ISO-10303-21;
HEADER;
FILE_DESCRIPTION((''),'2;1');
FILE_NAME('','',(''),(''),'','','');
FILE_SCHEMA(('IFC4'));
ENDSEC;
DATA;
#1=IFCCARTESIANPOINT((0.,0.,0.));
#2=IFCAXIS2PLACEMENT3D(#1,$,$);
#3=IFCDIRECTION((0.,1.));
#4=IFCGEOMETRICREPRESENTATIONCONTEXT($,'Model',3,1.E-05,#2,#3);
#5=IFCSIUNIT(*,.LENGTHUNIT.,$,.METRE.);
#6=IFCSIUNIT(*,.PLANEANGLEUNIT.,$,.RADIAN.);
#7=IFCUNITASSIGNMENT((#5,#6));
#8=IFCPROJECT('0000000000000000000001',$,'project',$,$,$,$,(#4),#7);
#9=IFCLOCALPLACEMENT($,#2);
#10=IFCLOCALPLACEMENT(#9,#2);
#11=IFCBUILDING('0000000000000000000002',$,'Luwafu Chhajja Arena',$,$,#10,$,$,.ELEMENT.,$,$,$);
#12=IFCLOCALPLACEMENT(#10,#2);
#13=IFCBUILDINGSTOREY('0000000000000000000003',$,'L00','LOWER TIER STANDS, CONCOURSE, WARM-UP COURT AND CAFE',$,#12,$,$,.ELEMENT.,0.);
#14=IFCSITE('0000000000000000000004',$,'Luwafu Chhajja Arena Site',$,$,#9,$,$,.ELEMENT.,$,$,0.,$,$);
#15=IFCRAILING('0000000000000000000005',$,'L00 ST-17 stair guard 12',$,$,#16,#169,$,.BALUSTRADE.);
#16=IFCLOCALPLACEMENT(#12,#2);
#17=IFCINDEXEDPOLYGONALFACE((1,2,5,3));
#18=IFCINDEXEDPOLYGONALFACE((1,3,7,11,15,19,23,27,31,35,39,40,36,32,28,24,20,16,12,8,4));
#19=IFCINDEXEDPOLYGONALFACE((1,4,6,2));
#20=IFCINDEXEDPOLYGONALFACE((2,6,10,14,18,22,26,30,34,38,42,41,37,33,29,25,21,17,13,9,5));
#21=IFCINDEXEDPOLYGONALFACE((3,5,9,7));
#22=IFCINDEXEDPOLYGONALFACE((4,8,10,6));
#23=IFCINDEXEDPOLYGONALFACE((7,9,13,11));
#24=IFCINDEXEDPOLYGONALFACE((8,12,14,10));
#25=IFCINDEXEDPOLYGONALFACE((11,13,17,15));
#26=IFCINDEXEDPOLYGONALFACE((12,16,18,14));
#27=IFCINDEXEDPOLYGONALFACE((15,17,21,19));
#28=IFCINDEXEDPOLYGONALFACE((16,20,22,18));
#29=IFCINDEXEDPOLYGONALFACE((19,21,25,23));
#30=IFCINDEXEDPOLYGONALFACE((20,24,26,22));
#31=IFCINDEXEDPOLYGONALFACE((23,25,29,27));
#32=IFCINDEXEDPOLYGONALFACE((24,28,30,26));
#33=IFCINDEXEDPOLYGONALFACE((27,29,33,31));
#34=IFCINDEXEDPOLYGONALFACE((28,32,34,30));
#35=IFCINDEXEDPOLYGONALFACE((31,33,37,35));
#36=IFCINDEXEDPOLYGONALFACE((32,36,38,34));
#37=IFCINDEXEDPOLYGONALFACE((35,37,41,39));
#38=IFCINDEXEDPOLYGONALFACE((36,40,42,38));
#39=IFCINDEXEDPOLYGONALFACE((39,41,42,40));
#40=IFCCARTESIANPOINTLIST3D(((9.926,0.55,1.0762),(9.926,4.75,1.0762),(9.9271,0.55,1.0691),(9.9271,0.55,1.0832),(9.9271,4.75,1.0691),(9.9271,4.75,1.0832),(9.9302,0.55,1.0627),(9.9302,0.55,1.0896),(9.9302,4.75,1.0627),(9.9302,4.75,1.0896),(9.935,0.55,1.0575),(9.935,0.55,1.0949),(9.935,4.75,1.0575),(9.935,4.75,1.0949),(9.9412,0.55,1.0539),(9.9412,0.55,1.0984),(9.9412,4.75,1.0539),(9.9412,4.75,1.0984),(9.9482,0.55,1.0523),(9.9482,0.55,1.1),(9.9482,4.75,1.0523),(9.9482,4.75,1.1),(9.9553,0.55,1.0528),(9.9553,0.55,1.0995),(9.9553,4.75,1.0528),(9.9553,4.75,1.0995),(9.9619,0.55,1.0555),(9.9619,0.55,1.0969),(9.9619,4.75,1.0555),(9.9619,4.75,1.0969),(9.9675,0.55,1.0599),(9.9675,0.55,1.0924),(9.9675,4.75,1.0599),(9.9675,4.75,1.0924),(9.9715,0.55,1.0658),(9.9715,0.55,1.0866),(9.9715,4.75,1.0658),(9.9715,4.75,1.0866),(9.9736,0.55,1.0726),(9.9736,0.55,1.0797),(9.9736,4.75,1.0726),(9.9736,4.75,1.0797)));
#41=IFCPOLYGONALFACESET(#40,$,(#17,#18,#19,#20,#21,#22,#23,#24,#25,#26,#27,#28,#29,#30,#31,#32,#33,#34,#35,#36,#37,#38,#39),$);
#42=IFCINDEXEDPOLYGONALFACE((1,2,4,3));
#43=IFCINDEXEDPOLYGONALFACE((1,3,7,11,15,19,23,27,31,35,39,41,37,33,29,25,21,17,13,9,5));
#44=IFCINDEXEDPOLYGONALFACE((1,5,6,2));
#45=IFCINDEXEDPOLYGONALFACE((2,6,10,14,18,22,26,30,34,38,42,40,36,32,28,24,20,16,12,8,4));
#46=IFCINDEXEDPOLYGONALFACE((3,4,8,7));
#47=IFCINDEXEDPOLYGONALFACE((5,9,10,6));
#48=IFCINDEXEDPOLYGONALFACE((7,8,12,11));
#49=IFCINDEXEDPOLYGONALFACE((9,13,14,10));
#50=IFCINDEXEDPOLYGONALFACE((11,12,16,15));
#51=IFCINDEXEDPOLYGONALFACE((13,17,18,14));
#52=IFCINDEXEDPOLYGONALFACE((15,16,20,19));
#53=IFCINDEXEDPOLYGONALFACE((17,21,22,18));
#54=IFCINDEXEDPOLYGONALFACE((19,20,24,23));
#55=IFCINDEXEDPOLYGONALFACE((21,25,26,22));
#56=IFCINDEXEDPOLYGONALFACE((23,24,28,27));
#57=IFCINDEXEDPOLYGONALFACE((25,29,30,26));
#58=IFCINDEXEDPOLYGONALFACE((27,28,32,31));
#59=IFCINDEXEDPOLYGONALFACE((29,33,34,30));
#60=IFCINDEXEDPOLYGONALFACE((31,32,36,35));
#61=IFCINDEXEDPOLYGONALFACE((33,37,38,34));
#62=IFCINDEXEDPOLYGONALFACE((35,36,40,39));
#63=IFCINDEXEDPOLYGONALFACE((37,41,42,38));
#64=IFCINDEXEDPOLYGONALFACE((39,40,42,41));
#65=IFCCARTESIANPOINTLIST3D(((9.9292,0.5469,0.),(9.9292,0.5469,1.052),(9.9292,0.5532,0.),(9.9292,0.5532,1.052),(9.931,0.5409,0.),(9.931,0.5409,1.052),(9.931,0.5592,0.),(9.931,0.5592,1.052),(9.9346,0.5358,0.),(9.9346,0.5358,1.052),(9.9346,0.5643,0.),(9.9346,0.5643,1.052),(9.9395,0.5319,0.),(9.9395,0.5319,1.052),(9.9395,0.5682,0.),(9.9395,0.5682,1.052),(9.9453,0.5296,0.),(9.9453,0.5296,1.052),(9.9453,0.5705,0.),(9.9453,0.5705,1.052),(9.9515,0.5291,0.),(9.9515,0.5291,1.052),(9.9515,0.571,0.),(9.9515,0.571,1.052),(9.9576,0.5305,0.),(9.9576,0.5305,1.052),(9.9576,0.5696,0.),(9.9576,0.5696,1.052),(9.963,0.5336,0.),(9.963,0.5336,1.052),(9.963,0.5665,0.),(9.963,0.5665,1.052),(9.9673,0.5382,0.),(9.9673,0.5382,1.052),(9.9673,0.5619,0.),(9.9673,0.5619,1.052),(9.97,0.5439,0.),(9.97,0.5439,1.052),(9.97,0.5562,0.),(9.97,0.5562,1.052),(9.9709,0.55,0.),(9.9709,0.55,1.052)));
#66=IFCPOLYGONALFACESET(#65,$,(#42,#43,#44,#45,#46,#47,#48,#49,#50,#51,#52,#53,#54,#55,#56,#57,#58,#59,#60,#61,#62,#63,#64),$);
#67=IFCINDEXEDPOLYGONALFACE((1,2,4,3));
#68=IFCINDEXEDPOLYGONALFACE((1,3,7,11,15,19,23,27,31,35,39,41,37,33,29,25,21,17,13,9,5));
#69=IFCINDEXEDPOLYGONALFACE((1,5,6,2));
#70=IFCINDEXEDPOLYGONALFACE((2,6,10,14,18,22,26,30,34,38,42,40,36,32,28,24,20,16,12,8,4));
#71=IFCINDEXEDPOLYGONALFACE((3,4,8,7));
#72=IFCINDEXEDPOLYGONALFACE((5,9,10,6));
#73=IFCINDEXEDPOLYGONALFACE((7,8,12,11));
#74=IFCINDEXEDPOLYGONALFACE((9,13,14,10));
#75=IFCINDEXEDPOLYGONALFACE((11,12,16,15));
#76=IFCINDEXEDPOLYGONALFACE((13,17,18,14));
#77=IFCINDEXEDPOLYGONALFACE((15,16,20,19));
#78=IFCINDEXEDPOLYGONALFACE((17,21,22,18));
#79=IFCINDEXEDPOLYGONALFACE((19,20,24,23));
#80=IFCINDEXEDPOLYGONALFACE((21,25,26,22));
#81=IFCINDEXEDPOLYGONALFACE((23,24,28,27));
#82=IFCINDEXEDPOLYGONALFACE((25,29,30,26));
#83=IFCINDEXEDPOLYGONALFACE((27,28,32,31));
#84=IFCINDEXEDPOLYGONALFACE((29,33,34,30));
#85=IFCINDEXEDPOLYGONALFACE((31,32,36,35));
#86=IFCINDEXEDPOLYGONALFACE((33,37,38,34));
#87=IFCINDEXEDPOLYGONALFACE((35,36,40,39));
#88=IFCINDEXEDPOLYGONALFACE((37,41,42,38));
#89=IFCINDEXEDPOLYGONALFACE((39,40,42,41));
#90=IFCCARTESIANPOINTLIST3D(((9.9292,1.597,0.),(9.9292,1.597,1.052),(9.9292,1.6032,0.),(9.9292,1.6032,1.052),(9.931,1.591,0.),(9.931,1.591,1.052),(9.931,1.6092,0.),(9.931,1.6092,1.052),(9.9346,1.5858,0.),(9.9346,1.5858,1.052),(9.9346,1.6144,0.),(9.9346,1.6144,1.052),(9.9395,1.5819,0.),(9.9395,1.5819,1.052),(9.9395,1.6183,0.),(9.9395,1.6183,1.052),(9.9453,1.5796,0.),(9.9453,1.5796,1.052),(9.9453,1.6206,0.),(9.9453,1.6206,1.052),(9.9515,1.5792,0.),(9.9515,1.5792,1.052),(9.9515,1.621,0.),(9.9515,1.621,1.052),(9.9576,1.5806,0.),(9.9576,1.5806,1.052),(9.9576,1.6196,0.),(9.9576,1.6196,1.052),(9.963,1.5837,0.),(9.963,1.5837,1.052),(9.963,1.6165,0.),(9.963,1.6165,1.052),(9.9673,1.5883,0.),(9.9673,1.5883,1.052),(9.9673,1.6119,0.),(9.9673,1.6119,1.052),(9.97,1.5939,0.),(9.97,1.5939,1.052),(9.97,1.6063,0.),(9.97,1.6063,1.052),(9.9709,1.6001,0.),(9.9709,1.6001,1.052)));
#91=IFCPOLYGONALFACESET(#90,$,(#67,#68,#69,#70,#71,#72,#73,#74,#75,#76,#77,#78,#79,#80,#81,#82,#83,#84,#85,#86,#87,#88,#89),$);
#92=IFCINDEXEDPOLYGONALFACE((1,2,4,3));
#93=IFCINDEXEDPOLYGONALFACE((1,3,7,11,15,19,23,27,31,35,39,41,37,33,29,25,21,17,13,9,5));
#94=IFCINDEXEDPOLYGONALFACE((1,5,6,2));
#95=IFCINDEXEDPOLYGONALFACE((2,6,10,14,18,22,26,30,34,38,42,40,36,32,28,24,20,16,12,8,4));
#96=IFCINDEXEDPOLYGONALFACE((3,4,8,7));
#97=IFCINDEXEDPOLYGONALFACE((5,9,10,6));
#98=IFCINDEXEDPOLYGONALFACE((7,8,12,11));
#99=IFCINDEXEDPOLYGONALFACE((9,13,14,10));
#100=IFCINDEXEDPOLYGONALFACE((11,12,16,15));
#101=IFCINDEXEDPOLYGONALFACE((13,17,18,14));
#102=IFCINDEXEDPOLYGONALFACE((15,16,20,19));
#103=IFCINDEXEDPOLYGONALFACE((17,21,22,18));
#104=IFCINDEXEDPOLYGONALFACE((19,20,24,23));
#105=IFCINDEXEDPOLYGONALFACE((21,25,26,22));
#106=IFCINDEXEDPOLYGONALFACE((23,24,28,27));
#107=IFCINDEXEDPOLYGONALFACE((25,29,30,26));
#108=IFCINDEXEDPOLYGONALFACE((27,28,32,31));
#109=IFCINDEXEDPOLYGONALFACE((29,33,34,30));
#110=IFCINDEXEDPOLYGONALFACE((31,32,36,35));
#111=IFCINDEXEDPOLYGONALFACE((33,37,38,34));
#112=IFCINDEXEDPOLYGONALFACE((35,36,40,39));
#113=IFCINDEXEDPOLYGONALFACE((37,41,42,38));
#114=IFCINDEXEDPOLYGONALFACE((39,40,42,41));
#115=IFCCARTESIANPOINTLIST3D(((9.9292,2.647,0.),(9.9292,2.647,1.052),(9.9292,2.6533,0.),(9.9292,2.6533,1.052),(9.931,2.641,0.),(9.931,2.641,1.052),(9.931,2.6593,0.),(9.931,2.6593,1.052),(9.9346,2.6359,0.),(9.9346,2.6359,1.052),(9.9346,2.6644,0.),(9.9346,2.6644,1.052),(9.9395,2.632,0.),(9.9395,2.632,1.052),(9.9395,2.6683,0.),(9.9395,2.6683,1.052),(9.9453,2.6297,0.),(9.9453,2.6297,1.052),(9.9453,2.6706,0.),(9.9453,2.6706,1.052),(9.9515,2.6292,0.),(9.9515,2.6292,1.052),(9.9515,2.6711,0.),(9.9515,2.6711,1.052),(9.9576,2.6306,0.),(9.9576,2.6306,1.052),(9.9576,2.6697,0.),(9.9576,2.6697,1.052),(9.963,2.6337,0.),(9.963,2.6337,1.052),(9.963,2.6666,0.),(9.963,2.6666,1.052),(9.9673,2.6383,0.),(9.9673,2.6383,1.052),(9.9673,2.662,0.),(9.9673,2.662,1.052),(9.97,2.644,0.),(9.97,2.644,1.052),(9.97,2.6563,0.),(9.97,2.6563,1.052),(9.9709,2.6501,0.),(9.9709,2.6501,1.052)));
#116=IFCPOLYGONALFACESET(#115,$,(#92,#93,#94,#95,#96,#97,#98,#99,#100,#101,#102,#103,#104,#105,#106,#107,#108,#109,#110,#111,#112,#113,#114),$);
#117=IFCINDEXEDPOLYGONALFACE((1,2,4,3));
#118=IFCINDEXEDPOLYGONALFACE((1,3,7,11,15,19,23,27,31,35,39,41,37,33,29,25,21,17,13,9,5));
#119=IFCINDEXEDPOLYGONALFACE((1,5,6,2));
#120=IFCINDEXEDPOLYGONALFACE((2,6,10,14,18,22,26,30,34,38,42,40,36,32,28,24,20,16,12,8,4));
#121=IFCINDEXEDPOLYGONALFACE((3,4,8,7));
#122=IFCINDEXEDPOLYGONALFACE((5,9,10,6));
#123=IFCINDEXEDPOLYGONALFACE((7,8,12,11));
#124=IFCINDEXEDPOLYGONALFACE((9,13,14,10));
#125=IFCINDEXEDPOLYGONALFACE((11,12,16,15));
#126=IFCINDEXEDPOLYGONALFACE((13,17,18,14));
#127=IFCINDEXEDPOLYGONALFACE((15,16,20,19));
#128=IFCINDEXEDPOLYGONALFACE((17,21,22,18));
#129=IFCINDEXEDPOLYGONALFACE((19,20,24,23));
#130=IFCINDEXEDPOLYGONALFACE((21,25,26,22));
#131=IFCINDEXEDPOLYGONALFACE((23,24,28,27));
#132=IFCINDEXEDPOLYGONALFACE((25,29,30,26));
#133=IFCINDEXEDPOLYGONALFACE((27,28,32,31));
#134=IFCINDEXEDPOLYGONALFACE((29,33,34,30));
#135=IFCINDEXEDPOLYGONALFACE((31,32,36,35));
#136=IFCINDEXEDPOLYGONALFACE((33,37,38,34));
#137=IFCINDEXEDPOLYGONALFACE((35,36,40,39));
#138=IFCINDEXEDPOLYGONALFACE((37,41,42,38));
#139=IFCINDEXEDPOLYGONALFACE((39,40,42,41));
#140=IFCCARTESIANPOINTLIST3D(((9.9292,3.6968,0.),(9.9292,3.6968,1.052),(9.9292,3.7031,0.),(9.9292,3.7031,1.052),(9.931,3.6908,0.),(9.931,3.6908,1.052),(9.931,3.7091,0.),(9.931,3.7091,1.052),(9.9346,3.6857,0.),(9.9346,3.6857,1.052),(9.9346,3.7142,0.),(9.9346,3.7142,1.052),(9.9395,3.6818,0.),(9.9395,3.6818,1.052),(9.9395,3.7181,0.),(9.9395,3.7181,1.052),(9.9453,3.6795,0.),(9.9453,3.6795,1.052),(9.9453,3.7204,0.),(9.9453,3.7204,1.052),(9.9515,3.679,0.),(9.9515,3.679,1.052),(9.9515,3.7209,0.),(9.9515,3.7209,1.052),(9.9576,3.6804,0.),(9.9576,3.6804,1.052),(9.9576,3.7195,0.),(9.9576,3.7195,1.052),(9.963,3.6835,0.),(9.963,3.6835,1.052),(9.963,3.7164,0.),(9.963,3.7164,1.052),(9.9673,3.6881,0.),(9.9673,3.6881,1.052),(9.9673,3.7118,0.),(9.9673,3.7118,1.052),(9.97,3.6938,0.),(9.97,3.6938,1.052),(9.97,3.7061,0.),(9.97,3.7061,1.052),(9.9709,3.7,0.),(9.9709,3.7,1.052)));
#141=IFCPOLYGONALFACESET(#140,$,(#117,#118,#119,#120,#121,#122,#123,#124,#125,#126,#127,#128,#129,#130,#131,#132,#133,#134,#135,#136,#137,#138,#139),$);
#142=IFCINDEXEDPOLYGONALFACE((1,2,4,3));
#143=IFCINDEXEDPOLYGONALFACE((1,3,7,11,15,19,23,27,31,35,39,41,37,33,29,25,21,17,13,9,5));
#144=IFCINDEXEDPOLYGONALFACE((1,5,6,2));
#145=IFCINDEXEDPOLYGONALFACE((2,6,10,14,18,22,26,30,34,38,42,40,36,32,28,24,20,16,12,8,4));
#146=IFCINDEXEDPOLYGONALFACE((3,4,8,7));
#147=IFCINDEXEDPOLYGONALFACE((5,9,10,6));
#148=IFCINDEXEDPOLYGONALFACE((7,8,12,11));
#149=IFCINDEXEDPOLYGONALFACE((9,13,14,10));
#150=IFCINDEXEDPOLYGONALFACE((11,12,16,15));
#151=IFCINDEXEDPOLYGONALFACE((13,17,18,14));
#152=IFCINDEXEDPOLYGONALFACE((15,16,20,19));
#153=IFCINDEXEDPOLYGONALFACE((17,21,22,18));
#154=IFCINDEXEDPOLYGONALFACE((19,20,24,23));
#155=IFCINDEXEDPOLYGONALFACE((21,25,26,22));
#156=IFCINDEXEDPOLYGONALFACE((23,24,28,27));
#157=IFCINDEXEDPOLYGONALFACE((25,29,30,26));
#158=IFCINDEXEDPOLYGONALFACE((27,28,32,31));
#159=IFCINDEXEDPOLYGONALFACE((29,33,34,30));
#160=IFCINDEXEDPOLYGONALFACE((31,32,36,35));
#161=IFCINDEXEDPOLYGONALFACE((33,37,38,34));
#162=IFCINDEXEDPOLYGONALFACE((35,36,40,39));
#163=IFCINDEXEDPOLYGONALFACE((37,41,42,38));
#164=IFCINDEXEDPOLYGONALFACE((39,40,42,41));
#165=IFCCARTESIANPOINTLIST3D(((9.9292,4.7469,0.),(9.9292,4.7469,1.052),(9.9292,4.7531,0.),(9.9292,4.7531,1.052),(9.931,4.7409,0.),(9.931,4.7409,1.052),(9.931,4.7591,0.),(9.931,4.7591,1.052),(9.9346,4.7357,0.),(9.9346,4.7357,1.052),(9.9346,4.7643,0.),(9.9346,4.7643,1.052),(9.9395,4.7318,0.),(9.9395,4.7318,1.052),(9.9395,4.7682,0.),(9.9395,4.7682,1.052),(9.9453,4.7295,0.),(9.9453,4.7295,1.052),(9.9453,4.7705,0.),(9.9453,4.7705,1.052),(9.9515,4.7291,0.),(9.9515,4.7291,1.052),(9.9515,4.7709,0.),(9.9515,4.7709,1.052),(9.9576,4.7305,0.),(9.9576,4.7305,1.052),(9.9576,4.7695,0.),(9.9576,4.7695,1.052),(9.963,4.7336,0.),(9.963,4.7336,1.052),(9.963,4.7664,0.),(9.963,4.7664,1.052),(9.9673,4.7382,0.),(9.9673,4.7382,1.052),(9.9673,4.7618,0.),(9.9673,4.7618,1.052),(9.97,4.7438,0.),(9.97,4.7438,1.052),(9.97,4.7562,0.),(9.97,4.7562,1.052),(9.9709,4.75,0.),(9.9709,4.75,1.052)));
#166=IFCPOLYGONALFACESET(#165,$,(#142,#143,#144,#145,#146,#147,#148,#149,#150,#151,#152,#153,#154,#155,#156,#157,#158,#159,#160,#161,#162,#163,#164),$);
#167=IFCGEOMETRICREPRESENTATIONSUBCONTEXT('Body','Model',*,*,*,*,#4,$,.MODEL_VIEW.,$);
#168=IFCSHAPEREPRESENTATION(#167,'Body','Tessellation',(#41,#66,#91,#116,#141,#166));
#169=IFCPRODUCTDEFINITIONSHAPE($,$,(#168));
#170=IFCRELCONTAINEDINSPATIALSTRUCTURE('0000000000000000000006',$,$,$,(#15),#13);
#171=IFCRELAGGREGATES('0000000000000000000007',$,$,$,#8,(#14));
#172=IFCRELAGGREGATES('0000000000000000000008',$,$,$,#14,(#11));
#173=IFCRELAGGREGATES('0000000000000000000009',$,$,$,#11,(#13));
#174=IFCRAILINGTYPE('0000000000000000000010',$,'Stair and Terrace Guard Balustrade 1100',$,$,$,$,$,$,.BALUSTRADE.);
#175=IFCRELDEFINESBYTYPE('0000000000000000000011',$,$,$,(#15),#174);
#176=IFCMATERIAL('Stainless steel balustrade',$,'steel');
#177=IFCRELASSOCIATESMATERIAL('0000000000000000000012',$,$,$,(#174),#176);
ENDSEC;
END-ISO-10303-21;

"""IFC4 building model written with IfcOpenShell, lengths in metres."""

from ifc_helpers import new_model, si_unit, direction, frame, origin, origin_2d, place, context, subcontext, project, spatial, circle, extrude, material, type_object, element, save


model = new_model("IFC4")

# Units and contexts
model_context = context("Model", 3, precision=1e-05, world=origin(), true_north=direction((0.0, 1.0)))
body_context = subcontext(model_context, "Body", "Model", "MODEL_VIEW")
ifc_project = project(units=[si_unit("LENGTHUNIT", "METRE"), si_unit("PLANEANGLEUNIT", "RADIAN")], contexts=[model_context])

# Site, building, storey
site_placement = place(None, origin())
site = spatial("IfcSite", under=ifc_project, at=site_placement, Name="Luwafu Chhajja Arena Site", CompositionType="ELEMENT", RefElevation=0.0)
building_placement = place(site_placement, origin())
building = spatial("IfcBuilding", under=site, at=building_placement, Name="Luwafu Chhajja Arena", CompositionType="ELEMENT")
storey_placement = place(building_placement, origin())
storey = spatial("IfcBuildingStorey", under=building, at=storey_placement, Name="L00", Description="LOWER TIER STANDS, CONCOURSE, WARM-UP COURT AND CAFE", CompositionType="ELEMENT", Elevation=0.0)

# Railing
ifc_material_1 = material(Name="Stainless steel balustrade", Category="steel")
railing_type_1 = type_object("IfcRailingType", Name="Stair and Terrace Guard Balustrade 1100", PredefinedType="BALUSTRADE", material=ifc_material_1)
railing_1_placement = place(storey_placement, frame((9.95, 0.55, 0.0)))
element("IfcRailing", 1, at=railing_1_placement, inside=storey, type_object=railing_type_1, Name="L00 ST-17 stair guard 12", PredefinedType="BALUSTRADE", context=body_context, shape_type="SweptSolid", body=[
    extrude(circle(Radius=0.0239, at=origin_2d()), frame((0.0, 0.0, 1.0762), z_axis=(0.0, 1.0, 0.0), x_axis=(-1.0, 0.0, 0.0)), (0.0, 0.0, 1.0), 4.2),
    extrude(circle(Radius=0.021, at=origin_2d()), origin(), (0.0, 0.0, 1.0), 1.052),
    extrude(circle(Radius=0.021, at=origin_2d()), frame((0.0, 1.05, 0.0)), (0.0, 0.0, 1.0), 1.052),
    extrude(circle(Radius=0.021, at=origin_2d()), frame((0.0, 2.1001, 0.0)), (0.0, 0.0, 1.0), 1.052),
    extrude(circle(Radius=0.021, at=origin_2d()), frame((0.0, 3.1499, 0.0)), (0.0, 0.0, 1.0), 1.052),
    extrude(circle(Radius=0.021, at=origin_2d()), frame((0.0, 4.2, 0.0)), (0.0, 0.0, 1.0), 1.052),
])

save(model, "model.ifc")
